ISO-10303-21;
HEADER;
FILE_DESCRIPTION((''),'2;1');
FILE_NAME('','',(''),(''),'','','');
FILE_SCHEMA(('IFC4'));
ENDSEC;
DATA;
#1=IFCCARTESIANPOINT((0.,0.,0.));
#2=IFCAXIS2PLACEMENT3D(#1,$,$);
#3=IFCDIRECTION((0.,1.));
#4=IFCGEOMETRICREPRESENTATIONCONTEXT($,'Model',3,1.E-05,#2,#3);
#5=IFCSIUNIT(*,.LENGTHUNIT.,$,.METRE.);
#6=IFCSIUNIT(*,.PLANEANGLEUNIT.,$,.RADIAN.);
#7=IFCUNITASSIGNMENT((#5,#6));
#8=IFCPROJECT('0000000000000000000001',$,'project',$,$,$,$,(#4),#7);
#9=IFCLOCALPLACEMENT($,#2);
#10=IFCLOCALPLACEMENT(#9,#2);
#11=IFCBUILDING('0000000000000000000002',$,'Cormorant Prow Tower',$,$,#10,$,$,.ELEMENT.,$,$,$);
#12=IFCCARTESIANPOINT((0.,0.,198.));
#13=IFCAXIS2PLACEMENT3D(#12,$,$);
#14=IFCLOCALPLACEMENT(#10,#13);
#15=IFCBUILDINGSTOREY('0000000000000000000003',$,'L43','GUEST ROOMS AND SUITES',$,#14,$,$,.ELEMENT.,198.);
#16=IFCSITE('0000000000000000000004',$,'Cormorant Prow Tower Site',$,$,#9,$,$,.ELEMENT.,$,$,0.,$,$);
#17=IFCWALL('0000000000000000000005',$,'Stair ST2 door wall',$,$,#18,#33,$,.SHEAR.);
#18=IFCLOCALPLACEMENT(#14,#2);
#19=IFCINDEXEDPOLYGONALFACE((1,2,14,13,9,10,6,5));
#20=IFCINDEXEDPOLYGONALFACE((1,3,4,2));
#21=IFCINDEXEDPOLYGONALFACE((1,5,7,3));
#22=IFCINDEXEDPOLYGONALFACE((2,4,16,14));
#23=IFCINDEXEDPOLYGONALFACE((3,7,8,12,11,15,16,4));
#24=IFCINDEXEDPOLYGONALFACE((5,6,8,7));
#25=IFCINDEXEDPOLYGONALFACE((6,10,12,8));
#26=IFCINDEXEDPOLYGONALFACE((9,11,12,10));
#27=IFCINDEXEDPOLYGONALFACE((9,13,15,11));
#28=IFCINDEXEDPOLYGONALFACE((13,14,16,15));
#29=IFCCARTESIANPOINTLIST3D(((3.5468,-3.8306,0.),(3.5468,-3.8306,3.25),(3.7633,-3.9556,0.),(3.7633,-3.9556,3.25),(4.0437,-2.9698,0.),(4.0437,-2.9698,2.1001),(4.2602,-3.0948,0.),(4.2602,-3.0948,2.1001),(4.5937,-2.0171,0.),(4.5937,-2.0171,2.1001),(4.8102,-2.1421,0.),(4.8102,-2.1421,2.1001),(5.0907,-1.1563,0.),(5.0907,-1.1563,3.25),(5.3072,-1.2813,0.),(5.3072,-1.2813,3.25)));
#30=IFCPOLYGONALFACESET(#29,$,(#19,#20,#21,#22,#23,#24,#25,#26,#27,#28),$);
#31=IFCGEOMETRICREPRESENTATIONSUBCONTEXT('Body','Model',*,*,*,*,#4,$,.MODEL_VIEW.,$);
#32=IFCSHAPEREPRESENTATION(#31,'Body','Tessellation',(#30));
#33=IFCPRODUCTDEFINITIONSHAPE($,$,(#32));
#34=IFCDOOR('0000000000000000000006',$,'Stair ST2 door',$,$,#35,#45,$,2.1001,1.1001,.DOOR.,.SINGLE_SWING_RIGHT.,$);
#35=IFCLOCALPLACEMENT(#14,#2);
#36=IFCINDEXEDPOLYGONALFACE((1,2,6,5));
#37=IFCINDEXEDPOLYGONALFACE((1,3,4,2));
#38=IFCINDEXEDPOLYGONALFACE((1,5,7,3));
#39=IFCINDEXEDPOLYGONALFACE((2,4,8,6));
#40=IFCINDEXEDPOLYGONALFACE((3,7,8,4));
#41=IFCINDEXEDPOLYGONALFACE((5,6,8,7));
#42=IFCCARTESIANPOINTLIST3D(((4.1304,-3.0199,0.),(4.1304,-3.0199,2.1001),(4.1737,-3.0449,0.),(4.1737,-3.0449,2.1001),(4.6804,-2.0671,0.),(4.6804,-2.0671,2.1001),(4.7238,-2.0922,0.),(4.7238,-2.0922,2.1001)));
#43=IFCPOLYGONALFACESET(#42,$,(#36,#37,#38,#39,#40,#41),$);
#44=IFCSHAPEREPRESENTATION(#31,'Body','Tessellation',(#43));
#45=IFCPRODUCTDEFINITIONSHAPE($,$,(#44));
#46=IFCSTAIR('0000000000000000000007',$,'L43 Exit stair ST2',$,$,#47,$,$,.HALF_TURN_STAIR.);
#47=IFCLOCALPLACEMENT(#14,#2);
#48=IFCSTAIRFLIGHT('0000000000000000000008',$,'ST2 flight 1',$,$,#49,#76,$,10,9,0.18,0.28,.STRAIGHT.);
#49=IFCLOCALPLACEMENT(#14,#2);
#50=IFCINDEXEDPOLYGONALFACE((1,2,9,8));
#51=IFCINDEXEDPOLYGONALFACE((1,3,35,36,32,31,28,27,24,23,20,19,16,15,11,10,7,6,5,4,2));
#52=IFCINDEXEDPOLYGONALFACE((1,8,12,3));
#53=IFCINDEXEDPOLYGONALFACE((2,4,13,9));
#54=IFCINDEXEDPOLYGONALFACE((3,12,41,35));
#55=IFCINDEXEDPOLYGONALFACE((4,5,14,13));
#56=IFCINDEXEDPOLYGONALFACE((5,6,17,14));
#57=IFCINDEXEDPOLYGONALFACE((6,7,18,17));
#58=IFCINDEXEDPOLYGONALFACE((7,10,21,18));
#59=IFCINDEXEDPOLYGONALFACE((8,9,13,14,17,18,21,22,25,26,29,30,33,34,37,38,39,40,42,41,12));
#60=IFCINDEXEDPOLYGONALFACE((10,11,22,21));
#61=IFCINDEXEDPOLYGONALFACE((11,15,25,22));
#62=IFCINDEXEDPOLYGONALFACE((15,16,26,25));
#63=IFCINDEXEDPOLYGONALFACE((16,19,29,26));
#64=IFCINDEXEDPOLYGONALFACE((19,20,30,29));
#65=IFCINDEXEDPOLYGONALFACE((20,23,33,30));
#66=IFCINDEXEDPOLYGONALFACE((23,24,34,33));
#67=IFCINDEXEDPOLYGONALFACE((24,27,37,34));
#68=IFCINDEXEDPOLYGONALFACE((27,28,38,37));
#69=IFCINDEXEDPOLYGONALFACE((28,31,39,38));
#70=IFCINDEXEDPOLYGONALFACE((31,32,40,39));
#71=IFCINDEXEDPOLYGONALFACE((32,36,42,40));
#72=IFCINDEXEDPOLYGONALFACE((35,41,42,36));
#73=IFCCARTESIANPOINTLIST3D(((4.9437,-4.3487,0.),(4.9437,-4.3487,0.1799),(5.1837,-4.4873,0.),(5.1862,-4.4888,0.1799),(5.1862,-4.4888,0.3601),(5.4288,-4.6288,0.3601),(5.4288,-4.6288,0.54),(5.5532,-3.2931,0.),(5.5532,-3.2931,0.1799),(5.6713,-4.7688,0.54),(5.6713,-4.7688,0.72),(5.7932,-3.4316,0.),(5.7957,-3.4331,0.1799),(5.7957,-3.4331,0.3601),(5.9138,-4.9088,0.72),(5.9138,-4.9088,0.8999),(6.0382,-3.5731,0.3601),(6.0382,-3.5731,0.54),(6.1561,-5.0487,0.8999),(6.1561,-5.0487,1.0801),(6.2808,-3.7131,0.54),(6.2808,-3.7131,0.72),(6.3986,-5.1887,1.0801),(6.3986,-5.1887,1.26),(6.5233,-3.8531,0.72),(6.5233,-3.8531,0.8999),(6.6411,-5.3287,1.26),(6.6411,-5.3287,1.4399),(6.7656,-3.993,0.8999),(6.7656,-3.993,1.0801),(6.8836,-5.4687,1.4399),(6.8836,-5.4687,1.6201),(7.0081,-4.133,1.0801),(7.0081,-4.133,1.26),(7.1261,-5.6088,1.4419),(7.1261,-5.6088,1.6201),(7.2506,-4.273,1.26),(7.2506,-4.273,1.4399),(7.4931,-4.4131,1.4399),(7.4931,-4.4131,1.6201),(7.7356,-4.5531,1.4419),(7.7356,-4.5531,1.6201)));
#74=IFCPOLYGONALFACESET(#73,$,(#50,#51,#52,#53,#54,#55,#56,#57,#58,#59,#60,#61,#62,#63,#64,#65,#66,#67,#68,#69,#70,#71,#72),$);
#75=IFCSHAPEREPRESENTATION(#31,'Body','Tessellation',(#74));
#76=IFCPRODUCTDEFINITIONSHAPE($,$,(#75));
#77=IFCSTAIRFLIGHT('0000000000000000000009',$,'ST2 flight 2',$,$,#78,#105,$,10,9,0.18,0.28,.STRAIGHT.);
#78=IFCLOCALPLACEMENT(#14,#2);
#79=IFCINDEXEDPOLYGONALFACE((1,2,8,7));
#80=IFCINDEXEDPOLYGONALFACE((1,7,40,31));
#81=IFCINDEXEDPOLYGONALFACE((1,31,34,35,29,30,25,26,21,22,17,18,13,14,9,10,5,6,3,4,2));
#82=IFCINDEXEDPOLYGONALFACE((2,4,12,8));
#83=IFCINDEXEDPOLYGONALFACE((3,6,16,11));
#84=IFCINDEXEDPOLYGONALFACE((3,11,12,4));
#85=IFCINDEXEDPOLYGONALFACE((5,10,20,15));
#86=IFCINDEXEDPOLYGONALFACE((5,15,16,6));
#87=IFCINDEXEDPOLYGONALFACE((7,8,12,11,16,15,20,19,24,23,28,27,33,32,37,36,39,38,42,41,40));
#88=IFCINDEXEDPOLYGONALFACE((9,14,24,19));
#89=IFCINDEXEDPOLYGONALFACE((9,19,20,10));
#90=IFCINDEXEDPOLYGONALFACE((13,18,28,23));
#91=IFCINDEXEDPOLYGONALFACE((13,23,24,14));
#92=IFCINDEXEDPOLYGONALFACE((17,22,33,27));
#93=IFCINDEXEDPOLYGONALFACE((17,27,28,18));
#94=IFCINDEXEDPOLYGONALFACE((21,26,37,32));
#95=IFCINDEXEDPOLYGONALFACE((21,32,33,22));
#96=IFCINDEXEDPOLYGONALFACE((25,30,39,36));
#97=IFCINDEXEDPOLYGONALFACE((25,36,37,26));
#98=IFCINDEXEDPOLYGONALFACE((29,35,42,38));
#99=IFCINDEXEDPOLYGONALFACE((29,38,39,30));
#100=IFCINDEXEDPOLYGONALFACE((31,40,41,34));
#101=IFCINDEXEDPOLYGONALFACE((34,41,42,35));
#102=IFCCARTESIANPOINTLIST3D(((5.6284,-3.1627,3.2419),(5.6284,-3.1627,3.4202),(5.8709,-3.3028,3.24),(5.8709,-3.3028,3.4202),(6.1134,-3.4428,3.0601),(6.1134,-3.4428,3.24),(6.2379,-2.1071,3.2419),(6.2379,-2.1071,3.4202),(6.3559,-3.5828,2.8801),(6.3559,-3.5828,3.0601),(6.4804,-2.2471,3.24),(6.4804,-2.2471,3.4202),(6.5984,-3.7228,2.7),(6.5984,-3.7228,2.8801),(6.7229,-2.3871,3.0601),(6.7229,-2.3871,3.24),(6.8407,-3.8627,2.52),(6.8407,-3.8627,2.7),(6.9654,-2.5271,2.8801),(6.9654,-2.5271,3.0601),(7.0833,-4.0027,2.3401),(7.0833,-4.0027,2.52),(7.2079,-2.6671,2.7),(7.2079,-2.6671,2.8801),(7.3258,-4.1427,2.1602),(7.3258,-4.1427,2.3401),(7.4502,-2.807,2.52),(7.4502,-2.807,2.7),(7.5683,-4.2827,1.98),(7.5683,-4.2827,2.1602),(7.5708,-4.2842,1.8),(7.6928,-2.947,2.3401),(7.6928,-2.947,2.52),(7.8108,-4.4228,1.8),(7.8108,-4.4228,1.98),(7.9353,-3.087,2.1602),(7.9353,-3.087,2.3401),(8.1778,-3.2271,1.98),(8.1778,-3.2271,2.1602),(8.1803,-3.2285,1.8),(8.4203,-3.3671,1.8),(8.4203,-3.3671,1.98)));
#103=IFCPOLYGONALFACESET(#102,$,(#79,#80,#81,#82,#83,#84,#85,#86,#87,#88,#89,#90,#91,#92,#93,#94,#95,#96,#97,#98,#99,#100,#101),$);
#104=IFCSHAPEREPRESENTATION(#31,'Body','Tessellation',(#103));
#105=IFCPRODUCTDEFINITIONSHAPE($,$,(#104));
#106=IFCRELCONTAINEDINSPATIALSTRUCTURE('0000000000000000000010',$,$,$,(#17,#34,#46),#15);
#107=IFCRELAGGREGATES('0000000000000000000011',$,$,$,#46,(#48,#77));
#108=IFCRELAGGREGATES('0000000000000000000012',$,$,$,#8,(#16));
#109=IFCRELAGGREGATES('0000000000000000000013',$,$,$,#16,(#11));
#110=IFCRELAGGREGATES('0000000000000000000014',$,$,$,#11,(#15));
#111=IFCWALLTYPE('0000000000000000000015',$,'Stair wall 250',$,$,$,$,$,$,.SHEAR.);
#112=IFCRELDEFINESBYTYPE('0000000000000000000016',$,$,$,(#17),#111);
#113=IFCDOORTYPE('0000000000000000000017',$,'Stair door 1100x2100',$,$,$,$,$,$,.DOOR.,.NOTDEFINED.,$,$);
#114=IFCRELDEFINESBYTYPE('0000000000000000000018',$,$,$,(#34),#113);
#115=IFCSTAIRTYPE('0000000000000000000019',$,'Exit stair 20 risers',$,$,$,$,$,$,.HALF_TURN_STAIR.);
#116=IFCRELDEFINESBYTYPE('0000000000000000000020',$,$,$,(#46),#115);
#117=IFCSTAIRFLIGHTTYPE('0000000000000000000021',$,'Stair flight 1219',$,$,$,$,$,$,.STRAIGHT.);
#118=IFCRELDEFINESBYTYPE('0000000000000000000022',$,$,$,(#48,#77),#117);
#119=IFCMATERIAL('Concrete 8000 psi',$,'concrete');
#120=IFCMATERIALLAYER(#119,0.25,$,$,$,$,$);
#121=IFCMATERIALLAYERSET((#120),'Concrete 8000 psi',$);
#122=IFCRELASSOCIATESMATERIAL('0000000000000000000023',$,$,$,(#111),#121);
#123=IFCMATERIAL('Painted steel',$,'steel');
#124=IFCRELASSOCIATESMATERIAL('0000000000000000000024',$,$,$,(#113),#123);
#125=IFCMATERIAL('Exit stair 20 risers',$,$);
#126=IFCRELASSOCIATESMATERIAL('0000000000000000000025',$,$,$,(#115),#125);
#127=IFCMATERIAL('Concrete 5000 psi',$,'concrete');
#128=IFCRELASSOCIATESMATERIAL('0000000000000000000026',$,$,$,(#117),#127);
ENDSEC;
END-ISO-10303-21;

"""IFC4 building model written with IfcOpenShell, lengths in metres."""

from ifc_helpers import new_model, si_unit, direction, frame, frame_2d, origin, place, context, subcontext, project, spatial, polyline, rectangle, outline, extrude, material, layer, layer_set, type_object, element, fill, aggregate, save


model = new_model("IFC4")

# Units and contexts
model_context = context("Model", 3, precision=1e-05, world=origin(), true_north=direction((0.0, 1.0)))
body_context = subcontext(model_context, "Body", "Model", "MODEL_VIEW")
ifc_project = project(units=[si_unit("LENGTHUNIT", "METRE"), si_unit("PLANEANGLEUNIT", "RADIAN")], contexts=[model_context])

# Site, building, storey
site_placement = place(None, origin())
site = spatial("IfcSite", under=ifc_project, at=site_placement, Name="Cormorant Prow Tower Site", CompositionType="ELEMENT", RefElevation=0.0)
building_placement = place(site_placement, origin())
building = spatial("IfcBuilding", under=site, at=building_placement, Name="Cormorant Prow Tower", CompositionType="ELEMENT")
storey_placement = place(building_placement, frame((0.0, 0.0, 198.0)))
storey = spatial("IfcBuildingStorey", under=building, at=storey_placement, Name="L43", Description="GUEST ROOMS AND SUITES", CompositionType="ELEMENT", Elevation=198.0)

# Wall, opening, door
ifc_material_1 = material(Name="Concrete 8000 psi", Category="concrete")
ifc_layer_1 = layer(ifc_material_1, 0.25)
ifc_layer_set_1 = layer_set([ifc_layer_1], Name="Concrete 8000 psi")
wall_type_1 = type_object("IfcWallType", Name="Stair wall 250", PredefinedType="SHEAR", material=ifc_layer_set_1)
wall_1_placement = place(storey_placement, frame((3.655, -3.8931, 0.0), z_axis=(0.0, 0.0, 1.0), x_axis=(0.499983, 0.866035, 0.0)))
wall_1 = element("IfcWall", 1, at=wall_1_placement, inside=storey, type_object=wall_type_1, Name="Stair ST2 door wall", PredefinedType="SHEAR", context=body_context, shape_type="SweptSolid", body=[
    extrude(rectangle(XDim=3.0879, YDim=0.25, at=frame_2d((1.5439, 0.0))), origin(), (0.0, 0.0, 1.0), 3.25),
])
opening_1_placement = place(wall_1_placement, frame((0.9939, 0.0, 0.0)))
opening_1 = element("IfcOpeningElement", 2, at=opening_1_placement, cuts=wall_1, PredefinedType="OPENING", context=body_context, shape_type="SweptSolid", body=[
    extrude(rectangle(XDim=1.1001, YDim=2.1001, at=frame_2d((0.55, 1.05))), frame((0.0, 0.135, 0.0), z_axis=(0.0, -1.0, 0.0), x_axis=(1.0, 0.0, 0.0)), (0.0, 0.0, 1.0), 0.27),
])
ifc_material_2 = material(Name="Painted steel", Category="steel")
door_type_1 = type_object("IfcDoorType", Name="Stair door 1100x2100", OperationType="NOTDEFINED", PredefinedType="DOOR", material=ifc_material_2)
door_1_placement = place(opening_1_placement, origin())
door_1 = element("IfcDoor", 3, at=door_1_placement, inside=storey, type_object=door_type_1, Name="Stair ST2 door", OperationType="SINGLE_SWING_RIGHT", OverallHeight=2.1001, OverallWidth=1.1001, PredefinedType="DOOR", context=body_context, shape_type="SweptSolid", body=[
    extrude(rectangle(XDim=1.1001, YDim=2.1001, at=frame_2d((0.55, 1.05))), frame((0.0, 0.0249, 0.0), z_axis=(0.0, -1.0, 0.0), x_axis=(1.0, 0.0, 0.0)), (0.0, 0.0, 1.0), 0.05),
])
fill(opening_1, door_1)

# Stair, stair flights
ifc_material_3 = material(Name="Exit stair 20 risers")
stair_type = type_object("IfcStairType", Name="Exit stair 20 risers", PredefinedType="HALF_TURN_STAIR", material=ifc_material_3)
stair_placement = place(storey_placement, origin())
stair = element("IfcStair", 4, at=stair_placement, inside=storey, type_object=stair_type, Name="L43 Exit stair ST2", PredefinedType="HALF_TURN_STAIR")
ifc_material_4 = material(Name="Concrete 5000 psi", Category="concrete")
stair_flight_type = type_object("IfcStairFlightType", Name="Stair flight 1219", PredefinedType="STRAIGHT", material=ifc_material_4)
stair_flight_1_placement = place(storey_placement, frame((5.2485, -3.8208, 0.0), z_axis=(0.0, 0.0, 1.0), x_axis=(0.866025, -0.5, 0.0)))
stair_flight_1 = element("IfcStairFlight", 5, at=stair_flight_1_placement, type_object=stair_flight_type, Name="ST2 flight 1", NumberOfRisers=10, NumberOfTreads=9, PredefinedType="STRAIGHT", RiserHeight=0.18, TreadLength=0.28, context=body_context, shape_type="SweptSolid", body=[
    extrude(outline(polyline([(0.0, 0.0), (0.0, 0.1799), (0.28, 0.1799), (0.28, 0.3601), (0.5601, 0.3601), (0.5601, 0.54), (0.8401, 0.54), (0.8401, 0.72), (1.1201, 0.72), (1.1201, 0.8999), (1.3999, 0.8999), (1.3999, 1.0801), (1.6799, 1.0801), (1.6799, 1.26), (1.96, 1.26), (1.96, 1.4399), (2.24, 1.4399), (2.24, 1.6201), (2.52, 1.6201), (2.52, 1.8), (2.52, 1.4419), (0.2771, 0.0), (0.0, 0.0)])), frame((0.0, 0.6094, 0.0), z_axis=(0.0, -1.0, 0.0), x_axis=(1.0, 0.0, 0.0)), (0.0, 0.0, 1.0), 1.219),
])
stair_flight_2_placement = place(storey_placement, frame((8.1155, -3.895, 1.8), z_axis=(0.0, 0.0, 1.0), x_axis=(-0.866025, 0.5, 0.0)))
stair_flight_2 = element("IfcStairFlight", 6, at=stair_flight_2_placement, type_object=stair_flight_type, Name="ST2 flight 2", NumberOfRisers=10, NumberOfTreads=9, PredefinedType="STRAIGHT", RiserHeight=0.18, TreadLength=0.28, context=body_context, shape_type="SweptSolid", body=[
    extrude(outline(polyline([(0.0, 0.0), (0.0, 0.1799), (0.28, 0.1799), (0.28, 0.3601), (0.5601, 0.3601), (0.5601, 0.54), (0.8401, 0.54), (0.8401, 0.72), (1.1201, 0.72), (1.1201, 0.8999), (1.3999, 0.8999), (1.3999, 1.0801), (1.6799, 1.0801), (1.6799, 1.26), (1.96, 1.26), (1.96, 1.4399), (2.24, 1.4399), (2.24, 1.6201), (2.52, 1.6201), (2.52, 1.8), (2.52, 1.4419), (0.2771, 0.0), (0.0, 0.0)])), frame((0.0, 0.6094, 0.0), z_axis=(0.0, -1.0, 0.0), x_axis=(1.0, 0.0, 0.0)), (0.0, 0.0, 1.0), 1.219),
])
aggregate(stair, [stair_flight_1, stair_flight_2])

save(model, "model.ifc")
